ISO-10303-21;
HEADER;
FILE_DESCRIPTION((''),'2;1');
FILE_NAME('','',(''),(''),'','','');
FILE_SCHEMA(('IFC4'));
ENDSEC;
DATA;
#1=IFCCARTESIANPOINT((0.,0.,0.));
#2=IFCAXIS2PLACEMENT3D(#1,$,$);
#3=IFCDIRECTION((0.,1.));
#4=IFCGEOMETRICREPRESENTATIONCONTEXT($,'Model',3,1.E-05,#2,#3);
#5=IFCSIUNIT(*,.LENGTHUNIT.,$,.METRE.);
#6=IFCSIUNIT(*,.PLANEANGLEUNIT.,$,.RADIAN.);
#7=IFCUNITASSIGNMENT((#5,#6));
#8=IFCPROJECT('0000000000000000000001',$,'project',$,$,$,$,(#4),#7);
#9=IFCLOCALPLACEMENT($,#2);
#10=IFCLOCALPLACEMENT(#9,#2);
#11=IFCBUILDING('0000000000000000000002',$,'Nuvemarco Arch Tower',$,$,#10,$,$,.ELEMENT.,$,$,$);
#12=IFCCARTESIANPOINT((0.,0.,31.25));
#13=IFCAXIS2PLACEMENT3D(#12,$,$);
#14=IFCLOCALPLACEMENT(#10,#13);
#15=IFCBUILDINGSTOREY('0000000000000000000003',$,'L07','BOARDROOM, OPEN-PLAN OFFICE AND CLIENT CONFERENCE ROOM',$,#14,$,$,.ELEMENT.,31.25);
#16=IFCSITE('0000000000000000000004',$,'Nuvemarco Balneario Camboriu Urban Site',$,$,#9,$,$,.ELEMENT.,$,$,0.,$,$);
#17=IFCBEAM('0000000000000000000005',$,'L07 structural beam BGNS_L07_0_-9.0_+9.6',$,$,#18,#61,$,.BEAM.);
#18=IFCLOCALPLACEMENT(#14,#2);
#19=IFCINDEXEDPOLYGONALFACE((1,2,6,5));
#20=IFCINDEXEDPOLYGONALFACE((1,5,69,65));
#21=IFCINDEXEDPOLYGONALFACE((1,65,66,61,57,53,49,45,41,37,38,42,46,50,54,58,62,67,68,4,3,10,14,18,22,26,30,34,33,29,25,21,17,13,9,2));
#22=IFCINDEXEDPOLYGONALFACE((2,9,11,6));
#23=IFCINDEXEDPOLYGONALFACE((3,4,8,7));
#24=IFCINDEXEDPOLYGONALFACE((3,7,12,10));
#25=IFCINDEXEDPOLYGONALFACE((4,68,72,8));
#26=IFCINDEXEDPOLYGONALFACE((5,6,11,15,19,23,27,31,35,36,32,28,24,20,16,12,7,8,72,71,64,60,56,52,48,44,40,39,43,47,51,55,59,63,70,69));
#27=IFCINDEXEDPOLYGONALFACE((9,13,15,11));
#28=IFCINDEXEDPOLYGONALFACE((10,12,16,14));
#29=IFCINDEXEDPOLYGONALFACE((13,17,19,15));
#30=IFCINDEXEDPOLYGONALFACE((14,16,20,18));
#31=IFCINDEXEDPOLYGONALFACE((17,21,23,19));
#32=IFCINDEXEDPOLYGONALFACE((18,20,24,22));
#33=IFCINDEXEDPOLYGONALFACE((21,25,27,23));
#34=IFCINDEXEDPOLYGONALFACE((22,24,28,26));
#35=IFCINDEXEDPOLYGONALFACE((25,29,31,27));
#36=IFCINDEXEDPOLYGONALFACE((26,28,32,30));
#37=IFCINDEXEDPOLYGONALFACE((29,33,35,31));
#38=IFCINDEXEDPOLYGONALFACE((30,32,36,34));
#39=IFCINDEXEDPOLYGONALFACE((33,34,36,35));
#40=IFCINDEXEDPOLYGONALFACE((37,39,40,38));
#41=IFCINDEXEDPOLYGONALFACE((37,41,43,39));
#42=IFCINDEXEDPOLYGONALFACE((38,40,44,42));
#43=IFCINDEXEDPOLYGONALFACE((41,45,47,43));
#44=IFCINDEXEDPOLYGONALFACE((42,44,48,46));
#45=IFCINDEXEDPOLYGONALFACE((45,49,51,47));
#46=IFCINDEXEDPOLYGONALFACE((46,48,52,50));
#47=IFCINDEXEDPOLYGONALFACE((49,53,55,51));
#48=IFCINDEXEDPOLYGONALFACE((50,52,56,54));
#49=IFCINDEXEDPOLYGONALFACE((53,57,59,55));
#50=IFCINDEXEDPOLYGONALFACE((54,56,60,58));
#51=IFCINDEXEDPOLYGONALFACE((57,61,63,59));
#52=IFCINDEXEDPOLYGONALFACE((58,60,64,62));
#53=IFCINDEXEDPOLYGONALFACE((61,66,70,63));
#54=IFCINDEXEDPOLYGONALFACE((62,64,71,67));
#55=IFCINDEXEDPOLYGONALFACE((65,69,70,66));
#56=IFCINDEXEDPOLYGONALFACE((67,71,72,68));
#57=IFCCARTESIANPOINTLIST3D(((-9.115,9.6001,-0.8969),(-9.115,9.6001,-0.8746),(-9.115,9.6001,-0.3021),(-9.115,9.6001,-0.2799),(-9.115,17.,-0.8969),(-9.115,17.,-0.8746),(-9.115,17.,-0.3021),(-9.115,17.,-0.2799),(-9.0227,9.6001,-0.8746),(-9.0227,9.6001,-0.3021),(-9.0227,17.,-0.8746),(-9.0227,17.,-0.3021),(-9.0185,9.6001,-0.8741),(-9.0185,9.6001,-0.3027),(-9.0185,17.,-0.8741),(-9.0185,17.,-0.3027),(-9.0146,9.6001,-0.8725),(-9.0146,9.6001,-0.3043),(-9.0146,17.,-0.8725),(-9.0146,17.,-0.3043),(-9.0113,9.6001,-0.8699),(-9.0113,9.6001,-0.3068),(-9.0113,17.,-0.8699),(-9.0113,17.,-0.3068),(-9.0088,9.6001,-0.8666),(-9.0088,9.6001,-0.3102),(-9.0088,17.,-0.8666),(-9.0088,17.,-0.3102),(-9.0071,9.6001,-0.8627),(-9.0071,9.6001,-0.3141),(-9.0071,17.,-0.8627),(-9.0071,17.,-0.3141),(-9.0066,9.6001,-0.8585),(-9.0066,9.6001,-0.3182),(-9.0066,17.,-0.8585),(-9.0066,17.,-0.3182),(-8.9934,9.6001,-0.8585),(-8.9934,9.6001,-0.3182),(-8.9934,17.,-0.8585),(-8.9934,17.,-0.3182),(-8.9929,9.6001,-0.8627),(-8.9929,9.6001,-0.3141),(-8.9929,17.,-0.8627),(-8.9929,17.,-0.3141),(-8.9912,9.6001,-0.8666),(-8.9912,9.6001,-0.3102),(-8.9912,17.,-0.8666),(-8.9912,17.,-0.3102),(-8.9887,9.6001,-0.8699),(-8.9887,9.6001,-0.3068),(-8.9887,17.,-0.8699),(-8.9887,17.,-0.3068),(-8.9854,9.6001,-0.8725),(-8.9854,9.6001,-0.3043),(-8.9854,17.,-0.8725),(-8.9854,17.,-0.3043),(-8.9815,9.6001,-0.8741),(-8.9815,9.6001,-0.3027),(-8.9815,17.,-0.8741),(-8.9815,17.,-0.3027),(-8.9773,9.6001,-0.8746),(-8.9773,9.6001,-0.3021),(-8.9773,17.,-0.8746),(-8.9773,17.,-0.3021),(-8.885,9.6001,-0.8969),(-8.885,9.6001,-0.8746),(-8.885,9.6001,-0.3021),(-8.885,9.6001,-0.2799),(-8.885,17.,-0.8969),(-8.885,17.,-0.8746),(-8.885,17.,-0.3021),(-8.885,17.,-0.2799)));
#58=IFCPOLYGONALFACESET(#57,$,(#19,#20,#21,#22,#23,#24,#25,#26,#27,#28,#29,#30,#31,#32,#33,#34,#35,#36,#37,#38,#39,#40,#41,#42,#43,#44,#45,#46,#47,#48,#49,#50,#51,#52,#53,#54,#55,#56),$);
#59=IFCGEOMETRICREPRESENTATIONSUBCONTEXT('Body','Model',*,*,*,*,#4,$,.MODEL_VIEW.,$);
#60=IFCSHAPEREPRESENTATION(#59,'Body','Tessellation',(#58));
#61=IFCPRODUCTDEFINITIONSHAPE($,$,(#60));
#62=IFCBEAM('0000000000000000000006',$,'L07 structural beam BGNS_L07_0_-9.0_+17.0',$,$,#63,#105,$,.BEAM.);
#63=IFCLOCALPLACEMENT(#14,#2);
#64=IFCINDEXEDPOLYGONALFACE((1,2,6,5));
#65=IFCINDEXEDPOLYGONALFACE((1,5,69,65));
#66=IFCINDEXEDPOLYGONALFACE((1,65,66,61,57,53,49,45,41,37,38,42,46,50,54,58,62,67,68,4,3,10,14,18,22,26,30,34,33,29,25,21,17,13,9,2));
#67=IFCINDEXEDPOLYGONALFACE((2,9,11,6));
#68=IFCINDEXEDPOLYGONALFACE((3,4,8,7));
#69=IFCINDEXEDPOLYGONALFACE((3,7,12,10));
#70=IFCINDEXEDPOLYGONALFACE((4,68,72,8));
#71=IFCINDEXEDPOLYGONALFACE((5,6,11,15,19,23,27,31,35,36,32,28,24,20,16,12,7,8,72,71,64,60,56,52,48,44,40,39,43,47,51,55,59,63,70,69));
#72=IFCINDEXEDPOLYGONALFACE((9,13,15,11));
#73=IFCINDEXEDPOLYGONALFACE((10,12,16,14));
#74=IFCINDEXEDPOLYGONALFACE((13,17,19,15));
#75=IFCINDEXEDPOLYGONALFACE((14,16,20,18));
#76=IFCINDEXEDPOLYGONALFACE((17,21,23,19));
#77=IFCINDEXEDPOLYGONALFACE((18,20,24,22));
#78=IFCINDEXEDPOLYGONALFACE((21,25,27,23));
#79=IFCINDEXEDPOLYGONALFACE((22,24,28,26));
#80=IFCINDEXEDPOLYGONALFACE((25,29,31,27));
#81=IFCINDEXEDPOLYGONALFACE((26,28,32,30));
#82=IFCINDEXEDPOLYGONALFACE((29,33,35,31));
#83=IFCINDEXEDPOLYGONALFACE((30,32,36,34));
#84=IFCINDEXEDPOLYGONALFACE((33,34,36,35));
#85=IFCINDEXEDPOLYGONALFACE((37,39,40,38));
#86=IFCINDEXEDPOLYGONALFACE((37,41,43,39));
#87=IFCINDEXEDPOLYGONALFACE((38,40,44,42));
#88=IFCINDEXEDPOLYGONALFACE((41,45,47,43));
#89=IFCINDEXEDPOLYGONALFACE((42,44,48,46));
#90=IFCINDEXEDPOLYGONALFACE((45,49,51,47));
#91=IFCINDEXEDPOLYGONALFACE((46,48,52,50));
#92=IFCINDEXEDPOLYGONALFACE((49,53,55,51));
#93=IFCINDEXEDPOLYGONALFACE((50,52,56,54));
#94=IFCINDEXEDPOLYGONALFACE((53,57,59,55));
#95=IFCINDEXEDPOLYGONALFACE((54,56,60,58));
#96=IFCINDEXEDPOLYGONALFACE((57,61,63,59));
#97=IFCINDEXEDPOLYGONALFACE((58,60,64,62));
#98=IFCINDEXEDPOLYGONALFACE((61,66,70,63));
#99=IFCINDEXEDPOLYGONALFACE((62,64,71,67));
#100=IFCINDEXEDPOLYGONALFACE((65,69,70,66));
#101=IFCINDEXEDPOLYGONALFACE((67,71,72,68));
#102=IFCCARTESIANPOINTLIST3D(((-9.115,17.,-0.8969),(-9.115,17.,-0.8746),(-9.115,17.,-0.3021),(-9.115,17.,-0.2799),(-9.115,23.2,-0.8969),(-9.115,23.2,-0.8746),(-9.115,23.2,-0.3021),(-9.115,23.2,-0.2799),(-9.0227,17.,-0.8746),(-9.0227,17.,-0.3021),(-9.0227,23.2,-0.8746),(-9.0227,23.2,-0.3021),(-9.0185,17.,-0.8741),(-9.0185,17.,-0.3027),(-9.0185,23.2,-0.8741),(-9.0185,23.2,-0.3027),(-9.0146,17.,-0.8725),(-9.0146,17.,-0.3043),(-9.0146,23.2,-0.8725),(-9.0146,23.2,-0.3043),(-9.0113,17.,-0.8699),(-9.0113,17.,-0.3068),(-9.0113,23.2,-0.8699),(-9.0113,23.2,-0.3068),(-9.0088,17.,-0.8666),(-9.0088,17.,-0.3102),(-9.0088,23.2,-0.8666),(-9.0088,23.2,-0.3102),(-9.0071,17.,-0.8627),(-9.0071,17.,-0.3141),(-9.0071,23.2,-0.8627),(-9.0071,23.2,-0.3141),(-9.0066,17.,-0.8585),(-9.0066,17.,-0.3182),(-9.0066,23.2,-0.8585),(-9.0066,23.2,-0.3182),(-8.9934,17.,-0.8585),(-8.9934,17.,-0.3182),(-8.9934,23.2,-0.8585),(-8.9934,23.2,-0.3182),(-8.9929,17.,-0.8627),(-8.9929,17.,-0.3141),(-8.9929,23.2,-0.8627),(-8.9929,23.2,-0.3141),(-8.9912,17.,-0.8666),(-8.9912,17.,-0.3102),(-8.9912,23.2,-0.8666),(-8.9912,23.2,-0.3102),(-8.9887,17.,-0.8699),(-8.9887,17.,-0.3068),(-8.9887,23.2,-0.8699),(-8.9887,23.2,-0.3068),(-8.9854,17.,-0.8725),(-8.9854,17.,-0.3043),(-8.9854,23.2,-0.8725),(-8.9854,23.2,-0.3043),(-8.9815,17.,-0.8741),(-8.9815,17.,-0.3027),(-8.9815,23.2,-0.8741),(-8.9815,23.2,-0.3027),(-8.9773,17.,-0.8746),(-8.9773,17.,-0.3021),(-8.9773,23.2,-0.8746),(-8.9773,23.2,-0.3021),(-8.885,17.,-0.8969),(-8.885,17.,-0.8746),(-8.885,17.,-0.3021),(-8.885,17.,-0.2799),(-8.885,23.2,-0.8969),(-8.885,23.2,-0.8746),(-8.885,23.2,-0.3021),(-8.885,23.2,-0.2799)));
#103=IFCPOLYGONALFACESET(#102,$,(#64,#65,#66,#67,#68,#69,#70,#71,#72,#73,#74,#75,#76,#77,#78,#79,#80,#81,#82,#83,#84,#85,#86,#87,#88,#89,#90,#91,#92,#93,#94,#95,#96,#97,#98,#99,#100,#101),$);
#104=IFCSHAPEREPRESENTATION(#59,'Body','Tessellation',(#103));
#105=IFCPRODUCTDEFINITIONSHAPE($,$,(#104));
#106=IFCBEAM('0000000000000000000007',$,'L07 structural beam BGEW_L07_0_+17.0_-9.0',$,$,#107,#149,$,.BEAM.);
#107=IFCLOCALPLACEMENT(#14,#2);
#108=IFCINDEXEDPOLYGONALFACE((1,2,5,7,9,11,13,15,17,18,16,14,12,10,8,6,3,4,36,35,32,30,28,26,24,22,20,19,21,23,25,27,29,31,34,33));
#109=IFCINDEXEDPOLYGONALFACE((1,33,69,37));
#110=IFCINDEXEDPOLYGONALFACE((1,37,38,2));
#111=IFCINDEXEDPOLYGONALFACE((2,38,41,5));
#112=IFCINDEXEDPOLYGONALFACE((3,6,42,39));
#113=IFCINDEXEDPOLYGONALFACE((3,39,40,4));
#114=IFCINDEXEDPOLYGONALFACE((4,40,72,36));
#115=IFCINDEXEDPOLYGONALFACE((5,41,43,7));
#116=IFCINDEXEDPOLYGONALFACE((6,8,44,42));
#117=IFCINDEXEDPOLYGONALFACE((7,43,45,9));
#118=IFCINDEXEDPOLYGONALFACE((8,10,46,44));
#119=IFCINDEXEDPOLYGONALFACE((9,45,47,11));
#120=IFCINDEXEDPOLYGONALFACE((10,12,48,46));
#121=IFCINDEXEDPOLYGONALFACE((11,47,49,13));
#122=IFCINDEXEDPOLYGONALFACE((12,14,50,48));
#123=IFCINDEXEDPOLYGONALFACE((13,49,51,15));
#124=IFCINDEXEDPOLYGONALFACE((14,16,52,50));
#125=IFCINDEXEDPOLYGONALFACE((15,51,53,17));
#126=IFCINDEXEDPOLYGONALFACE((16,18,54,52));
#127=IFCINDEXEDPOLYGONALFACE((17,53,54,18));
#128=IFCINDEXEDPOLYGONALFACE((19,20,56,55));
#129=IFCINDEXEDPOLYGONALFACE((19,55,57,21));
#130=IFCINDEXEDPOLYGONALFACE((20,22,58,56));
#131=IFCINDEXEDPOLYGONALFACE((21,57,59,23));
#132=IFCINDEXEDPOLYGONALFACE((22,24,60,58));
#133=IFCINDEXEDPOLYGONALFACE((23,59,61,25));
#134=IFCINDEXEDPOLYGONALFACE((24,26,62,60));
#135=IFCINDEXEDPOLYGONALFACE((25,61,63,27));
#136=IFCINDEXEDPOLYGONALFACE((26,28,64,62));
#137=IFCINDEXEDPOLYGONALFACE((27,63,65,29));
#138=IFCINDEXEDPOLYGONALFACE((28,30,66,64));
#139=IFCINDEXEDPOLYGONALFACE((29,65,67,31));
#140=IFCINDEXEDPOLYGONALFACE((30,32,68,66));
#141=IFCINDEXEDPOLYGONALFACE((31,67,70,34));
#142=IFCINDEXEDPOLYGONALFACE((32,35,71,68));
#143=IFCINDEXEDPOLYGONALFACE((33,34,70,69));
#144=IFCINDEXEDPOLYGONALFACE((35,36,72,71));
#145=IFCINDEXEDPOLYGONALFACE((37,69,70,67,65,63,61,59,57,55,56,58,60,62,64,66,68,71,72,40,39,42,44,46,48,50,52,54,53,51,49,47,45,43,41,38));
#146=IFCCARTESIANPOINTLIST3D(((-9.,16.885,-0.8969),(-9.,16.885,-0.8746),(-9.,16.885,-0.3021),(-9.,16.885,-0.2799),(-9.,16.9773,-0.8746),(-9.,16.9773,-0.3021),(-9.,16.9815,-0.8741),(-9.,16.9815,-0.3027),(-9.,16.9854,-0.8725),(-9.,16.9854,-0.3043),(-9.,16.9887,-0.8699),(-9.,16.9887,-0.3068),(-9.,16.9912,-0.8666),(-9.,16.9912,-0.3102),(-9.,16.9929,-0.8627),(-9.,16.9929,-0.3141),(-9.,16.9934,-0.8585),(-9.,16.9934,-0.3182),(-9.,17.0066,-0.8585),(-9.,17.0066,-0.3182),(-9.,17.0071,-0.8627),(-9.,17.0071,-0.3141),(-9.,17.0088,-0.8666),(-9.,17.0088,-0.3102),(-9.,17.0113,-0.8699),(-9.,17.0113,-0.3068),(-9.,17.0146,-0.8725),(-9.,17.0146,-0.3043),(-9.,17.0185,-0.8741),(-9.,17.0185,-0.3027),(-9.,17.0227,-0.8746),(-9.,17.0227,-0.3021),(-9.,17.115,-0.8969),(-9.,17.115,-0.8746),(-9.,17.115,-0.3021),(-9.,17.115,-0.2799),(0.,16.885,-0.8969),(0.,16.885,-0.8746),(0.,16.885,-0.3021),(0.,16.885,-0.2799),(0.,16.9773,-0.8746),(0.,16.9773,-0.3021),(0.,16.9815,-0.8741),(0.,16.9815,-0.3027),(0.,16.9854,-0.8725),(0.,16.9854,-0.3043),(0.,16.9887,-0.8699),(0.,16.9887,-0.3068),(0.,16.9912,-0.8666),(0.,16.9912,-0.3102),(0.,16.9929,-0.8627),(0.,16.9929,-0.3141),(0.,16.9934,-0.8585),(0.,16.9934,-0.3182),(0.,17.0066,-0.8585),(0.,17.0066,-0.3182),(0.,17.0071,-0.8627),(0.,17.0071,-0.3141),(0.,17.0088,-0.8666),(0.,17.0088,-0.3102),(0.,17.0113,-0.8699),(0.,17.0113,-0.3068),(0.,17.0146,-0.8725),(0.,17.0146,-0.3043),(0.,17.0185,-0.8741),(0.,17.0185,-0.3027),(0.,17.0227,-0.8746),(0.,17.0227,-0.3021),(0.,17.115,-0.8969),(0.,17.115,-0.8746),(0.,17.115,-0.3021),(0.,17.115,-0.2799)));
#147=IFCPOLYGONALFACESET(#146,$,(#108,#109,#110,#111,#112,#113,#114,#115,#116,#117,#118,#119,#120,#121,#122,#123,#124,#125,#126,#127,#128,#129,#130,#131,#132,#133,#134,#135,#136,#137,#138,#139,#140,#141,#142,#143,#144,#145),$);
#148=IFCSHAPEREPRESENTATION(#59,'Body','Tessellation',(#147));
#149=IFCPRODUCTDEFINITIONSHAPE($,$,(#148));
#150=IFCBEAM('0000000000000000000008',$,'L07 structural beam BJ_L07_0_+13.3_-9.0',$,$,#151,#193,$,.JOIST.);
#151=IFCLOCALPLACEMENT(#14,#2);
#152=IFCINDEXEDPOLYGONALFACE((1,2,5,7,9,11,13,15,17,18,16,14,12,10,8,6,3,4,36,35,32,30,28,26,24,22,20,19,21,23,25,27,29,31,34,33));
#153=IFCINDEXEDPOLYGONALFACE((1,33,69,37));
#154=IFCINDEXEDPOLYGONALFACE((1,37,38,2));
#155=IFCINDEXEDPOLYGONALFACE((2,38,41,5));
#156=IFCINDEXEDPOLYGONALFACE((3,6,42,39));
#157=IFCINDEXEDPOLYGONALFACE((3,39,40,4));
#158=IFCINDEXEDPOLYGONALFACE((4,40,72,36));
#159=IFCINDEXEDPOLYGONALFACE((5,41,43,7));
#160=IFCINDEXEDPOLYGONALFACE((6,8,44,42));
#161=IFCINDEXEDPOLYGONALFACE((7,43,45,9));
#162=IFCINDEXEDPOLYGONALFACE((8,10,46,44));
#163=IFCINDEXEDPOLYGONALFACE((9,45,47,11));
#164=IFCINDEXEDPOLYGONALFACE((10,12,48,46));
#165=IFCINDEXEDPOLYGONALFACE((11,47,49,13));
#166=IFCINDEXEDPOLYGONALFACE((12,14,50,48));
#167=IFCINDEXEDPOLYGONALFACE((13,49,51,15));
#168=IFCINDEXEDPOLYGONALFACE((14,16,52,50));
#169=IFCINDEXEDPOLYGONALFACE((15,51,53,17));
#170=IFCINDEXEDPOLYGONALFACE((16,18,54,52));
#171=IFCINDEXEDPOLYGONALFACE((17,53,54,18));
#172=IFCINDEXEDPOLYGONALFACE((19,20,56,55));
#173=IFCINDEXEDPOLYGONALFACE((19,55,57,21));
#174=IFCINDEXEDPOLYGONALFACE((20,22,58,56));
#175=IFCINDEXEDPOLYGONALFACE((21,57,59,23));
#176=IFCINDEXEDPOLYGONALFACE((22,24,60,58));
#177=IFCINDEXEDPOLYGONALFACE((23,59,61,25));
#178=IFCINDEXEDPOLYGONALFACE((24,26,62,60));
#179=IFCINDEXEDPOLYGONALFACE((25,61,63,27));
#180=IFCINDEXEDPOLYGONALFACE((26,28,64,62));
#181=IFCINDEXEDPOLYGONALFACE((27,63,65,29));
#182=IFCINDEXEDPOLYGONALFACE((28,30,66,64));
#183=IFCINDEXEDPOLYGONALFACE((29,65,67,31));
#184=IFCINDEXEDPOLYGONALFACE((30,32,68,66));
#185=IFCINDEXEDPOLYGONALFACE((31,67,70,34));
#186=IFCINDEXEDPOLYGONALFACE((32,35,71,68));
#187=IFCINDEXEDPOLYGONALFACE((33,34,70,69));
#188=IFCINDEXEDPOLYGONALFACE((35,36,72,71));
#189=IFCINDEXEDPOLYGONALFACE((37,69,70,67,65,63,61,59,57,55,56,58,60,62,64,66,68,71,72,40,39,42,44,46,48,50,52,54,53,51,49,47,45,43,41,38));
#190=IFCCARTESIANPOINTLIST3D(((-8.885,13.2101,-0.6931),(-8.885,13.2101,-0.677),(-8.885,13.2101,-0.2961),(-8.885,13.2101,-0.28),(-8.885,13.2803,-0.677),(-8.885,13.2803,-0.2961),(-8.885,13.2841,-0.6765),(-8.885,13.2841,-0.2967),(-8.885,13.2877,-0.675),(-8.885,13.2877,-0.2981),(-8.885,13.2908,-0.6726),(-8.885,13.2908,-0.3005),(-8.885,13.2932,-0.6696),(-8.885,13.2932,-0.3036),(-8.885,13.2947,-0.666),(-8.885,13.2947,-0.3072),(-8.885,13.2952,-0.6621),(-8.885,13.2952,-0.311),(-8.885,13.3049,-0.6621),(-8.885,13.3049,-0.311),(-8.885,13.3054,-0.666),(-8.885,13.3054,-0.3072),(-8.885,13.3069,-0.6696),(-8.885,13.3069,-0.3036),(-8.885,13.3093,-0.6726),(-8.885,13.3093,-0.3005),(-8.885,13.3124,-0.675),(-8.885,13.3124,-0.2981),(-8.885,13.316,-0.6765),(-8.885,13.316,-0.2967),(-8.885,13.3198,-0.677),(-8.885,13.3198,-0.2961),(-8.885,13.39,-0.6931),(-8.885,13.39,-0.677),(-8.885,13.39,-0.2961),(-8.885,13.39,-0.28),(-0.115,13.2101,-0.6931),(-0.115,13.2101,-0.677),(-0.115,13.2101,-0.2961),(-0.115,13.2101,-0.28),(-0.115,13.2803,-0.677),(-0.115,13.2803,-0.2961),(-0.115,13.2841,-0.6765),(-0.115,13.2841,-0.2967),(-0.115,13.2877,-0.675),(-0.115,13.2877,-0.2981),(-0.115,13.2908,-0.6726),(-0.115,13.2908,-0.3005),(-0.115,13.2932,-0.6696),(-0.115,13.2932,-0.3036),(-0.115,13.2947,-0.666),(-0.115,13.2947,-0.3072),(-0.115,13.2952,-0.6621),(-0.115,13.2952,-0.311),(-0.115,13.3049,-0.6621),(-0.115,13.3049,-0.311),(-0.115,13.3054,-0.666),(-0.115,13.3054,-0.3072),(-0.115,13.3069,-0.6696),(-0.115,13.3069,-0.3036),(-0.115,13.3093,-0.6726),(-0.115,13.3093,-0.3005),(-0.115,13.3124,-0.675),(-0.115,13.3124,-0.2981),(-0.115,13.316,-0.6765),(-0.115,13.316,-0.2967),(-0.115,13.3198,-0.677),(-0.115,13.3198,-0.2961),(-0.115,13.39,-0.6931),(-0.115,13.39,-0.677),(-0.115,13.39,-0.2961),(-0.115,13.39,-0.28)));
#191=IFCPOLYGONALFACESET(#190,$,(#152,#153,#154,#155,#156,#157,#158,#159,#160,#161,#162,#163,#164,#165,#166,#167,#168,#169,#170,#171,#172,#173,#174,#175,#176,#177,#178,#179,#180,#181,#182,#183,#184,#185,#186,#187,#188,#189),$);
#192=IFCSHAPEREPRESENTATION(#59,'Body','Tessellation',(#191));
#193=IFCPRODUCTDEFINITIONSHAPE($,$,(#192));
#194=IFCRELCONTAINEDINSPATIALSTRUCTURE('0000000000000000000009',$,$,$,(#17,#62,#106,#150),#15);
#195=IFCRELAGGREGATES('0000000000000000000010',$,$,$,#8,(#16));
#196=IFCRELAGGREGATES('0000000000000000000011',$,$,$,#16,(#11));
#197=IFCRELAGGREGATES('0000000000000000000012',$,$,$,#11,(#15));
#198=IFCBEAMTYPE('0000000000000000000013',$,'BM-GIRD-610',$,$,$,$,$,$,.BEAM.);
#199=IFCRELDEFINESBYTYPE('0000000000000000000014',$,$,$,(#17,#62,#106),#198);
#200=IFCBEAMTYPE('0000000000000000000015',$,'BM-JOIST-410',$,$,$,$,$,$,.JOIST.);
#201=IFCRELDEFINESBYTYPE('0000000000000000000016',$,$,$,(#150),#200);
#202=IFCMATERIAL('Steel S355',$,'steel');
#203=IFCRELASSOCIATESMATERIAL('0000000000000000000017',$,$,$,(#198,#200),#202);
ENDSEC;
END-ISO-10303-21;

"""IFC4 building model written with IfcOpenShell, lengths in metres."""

from ifc_helpers import new_model, si_unit, direction, frame, origin, origin_2d, place, context, subcontext, project, spatial, i_section, extrude, material, material_profile, profile_set, type_object, element, save


model = new_model("IFC4")

# Units and contexts
model_context = context("Model", 3, precision=1e-05, world=origin(), true_north=direction((0.0, 1.0)))
body_context = subcontext(model_context, "Body", "Model", "MODEL_VIEW")
ifc_project = project(units=[si_unit("LENGTHUNIT", "METRE"), si_unit("PLANEANGLEUNIT", "RADIAN")], contexts=[model_context])

# Site, building, storey
site_placement = place(None, origin())
site = spatial("IfcSite", under=ifc_project, at=site_placement, Name="Nuvemarco Balneario Camboriu Urban Site", CompositionType="ELEMENT", RefElevation=0.0)
building_placement = place(site_placement, origin())
building = spatial("IfcBuilding", under=site, at=building_placement, Name="Nuvemarco Arch Tower", CompositionType="ELEMENT")
storey_placement = place(building_placement, frame((0.0, 0.0, 31.25)))
storey = spatial("IfcBuildingStorey", under=building, at=storey_placement, Name="L07", Description="BOARDROOM, OPEN-PLAN OFFICE AND CLIENT CONFERENCE ROOM", CompositionType="ELEMENT", Elevation=31.25)

# Shared definitions
ifc_material_1 = material(Name="Steel S355", Category="steel")

# Beams
ifc_material_profile_1 = material_profile(ifc_material_1, i_section(OverallWidth=0.23, OverallDepth=0.6169, WebThickness=0.0132, FlangeThickness=0.0222, FilletRadius=0.0161, at=origin_2d()), Name="W610x140")
ifc_profile_set_1 = profile_set([ifc_material_profile_1], Name="Steel S355")
beam_type_1 = type_object("IfcBeamType", Name="BM-GIRD-610", PredefinedType="BEAM", material=ifc_profile_set_1)
beam_1_placement = place(storey_placement, frame((-9.0, 9.6001, -0.5884), z_axis=(0.0, 1.0, 0.0), x_axis=(-1.0, 0.0, 0.0)))
element("IfcBeam", 1, at=beam_1_placement, inside=storey, type_object=beam_type_1, Name="L07 structural beam BGNS_L07_0_-9.0_+9.6", PredefinedType="BEAM", context=body_context, shape_type="SweptSolid", body=[
    extrude(i_section(OverallWidth=0.23, OverallDepth=0.6169, WebThickness=0.0132, FlangeThickness=0.0222, FilletRadius=0.0161, at=origin_2d()), origin(), (0.0, 0.0, 1.0), 7.3999),
])
beam_2_placement = place(storey_placement, frame((-9.0, 17.0, -0.5884), z_axis=(0.0, 1.0, 0.0), x_axis=(-1.0, 0.0, 0.0)))
element("IfcBeam", 2, at=beam_2_placement, inside=storey, type_object=beam_type_1, Name="L07 structural beam BGNS_L07_0_-9.0_+17.0", PredefinedType="BEAM", context=body_context, shape_type="SweptSolid", body=[
    extrude(i_section(OverallWidth=0.23, OverallDepth=0.6169, WebThickness=0.0132, FlangeThickness=0.0222, FilletRadius=0.0161, at=origin_2d()), origin(), (0.0, 0.0, 1.0), 6.2),
])
beam_3_placement = place(storey_placement, frame((-9.0, 17.0, -0.5884), z_axis=(1.0, 0.0, 0.0), x_axis=(0.0, 1.0, 0.0)))
element("IfcBeam", 3, at=beam_3_placement, inside=storey, type_object=beam_type_1, Name="L07 structural beam BGEW_L07_0_+17.0_-9.0", PredefinedType="BEAM", context=body_context, shape_type="SweptSolid", body=[
    extrude(i_section(OverallWidth=0.23, OverallDepth=0.6169, WebThickness=0.0132, FlangeThickness=0.0222, FilletRadius=0.0161, at=origin_2d()), origin(), (0.0, 0.0, 1.0), 9.0),
])
ifc_material_profile_2 = material_profile(ifc_material_1, i_section(OverallWidth=0.1799, OverallDepth=0.4131, WebThickness=0.0098, FlangeThickness=0.0161, FilletRadius=0.0149, at=origin_2d()), Name="W410x75")
ifc_profile_set_2 = profile_set([ifc_material_profile_2], Name="Steel S355")
beam_type_2 = type_object("IfcBeamType", Name="BM-JOIST-410", PredefinedType="JOIST", material=ifc_profile_set_2)
beam_4_placement = place(storey_placement, frame((-8.885, 13.3, -0.4866), z_axis=(1.0, 0.0, 0.0), x_axis=(0.0, 1.0, 0.0)))
element("IfcBeam", 4, at=beam_4_placement, inside=storey, type_object=beam_type_2, Name="L07 structural beam BJ_L07_0_+13.3_-9.0", PredefinedType="JOIST", context=body_context, shape_type="SweptSolid", body=[
    extrude(i_section(OverallWidth=0.1799, OverallDepth=0.4131, WebThickness=0.0098, FlangeThickness=0.0161, FilletRadius=0.0149, at=origin_2d()), origin(), (0.0, 0.0, 1.0), 8.77),
])

save(model, "model.ifc")
